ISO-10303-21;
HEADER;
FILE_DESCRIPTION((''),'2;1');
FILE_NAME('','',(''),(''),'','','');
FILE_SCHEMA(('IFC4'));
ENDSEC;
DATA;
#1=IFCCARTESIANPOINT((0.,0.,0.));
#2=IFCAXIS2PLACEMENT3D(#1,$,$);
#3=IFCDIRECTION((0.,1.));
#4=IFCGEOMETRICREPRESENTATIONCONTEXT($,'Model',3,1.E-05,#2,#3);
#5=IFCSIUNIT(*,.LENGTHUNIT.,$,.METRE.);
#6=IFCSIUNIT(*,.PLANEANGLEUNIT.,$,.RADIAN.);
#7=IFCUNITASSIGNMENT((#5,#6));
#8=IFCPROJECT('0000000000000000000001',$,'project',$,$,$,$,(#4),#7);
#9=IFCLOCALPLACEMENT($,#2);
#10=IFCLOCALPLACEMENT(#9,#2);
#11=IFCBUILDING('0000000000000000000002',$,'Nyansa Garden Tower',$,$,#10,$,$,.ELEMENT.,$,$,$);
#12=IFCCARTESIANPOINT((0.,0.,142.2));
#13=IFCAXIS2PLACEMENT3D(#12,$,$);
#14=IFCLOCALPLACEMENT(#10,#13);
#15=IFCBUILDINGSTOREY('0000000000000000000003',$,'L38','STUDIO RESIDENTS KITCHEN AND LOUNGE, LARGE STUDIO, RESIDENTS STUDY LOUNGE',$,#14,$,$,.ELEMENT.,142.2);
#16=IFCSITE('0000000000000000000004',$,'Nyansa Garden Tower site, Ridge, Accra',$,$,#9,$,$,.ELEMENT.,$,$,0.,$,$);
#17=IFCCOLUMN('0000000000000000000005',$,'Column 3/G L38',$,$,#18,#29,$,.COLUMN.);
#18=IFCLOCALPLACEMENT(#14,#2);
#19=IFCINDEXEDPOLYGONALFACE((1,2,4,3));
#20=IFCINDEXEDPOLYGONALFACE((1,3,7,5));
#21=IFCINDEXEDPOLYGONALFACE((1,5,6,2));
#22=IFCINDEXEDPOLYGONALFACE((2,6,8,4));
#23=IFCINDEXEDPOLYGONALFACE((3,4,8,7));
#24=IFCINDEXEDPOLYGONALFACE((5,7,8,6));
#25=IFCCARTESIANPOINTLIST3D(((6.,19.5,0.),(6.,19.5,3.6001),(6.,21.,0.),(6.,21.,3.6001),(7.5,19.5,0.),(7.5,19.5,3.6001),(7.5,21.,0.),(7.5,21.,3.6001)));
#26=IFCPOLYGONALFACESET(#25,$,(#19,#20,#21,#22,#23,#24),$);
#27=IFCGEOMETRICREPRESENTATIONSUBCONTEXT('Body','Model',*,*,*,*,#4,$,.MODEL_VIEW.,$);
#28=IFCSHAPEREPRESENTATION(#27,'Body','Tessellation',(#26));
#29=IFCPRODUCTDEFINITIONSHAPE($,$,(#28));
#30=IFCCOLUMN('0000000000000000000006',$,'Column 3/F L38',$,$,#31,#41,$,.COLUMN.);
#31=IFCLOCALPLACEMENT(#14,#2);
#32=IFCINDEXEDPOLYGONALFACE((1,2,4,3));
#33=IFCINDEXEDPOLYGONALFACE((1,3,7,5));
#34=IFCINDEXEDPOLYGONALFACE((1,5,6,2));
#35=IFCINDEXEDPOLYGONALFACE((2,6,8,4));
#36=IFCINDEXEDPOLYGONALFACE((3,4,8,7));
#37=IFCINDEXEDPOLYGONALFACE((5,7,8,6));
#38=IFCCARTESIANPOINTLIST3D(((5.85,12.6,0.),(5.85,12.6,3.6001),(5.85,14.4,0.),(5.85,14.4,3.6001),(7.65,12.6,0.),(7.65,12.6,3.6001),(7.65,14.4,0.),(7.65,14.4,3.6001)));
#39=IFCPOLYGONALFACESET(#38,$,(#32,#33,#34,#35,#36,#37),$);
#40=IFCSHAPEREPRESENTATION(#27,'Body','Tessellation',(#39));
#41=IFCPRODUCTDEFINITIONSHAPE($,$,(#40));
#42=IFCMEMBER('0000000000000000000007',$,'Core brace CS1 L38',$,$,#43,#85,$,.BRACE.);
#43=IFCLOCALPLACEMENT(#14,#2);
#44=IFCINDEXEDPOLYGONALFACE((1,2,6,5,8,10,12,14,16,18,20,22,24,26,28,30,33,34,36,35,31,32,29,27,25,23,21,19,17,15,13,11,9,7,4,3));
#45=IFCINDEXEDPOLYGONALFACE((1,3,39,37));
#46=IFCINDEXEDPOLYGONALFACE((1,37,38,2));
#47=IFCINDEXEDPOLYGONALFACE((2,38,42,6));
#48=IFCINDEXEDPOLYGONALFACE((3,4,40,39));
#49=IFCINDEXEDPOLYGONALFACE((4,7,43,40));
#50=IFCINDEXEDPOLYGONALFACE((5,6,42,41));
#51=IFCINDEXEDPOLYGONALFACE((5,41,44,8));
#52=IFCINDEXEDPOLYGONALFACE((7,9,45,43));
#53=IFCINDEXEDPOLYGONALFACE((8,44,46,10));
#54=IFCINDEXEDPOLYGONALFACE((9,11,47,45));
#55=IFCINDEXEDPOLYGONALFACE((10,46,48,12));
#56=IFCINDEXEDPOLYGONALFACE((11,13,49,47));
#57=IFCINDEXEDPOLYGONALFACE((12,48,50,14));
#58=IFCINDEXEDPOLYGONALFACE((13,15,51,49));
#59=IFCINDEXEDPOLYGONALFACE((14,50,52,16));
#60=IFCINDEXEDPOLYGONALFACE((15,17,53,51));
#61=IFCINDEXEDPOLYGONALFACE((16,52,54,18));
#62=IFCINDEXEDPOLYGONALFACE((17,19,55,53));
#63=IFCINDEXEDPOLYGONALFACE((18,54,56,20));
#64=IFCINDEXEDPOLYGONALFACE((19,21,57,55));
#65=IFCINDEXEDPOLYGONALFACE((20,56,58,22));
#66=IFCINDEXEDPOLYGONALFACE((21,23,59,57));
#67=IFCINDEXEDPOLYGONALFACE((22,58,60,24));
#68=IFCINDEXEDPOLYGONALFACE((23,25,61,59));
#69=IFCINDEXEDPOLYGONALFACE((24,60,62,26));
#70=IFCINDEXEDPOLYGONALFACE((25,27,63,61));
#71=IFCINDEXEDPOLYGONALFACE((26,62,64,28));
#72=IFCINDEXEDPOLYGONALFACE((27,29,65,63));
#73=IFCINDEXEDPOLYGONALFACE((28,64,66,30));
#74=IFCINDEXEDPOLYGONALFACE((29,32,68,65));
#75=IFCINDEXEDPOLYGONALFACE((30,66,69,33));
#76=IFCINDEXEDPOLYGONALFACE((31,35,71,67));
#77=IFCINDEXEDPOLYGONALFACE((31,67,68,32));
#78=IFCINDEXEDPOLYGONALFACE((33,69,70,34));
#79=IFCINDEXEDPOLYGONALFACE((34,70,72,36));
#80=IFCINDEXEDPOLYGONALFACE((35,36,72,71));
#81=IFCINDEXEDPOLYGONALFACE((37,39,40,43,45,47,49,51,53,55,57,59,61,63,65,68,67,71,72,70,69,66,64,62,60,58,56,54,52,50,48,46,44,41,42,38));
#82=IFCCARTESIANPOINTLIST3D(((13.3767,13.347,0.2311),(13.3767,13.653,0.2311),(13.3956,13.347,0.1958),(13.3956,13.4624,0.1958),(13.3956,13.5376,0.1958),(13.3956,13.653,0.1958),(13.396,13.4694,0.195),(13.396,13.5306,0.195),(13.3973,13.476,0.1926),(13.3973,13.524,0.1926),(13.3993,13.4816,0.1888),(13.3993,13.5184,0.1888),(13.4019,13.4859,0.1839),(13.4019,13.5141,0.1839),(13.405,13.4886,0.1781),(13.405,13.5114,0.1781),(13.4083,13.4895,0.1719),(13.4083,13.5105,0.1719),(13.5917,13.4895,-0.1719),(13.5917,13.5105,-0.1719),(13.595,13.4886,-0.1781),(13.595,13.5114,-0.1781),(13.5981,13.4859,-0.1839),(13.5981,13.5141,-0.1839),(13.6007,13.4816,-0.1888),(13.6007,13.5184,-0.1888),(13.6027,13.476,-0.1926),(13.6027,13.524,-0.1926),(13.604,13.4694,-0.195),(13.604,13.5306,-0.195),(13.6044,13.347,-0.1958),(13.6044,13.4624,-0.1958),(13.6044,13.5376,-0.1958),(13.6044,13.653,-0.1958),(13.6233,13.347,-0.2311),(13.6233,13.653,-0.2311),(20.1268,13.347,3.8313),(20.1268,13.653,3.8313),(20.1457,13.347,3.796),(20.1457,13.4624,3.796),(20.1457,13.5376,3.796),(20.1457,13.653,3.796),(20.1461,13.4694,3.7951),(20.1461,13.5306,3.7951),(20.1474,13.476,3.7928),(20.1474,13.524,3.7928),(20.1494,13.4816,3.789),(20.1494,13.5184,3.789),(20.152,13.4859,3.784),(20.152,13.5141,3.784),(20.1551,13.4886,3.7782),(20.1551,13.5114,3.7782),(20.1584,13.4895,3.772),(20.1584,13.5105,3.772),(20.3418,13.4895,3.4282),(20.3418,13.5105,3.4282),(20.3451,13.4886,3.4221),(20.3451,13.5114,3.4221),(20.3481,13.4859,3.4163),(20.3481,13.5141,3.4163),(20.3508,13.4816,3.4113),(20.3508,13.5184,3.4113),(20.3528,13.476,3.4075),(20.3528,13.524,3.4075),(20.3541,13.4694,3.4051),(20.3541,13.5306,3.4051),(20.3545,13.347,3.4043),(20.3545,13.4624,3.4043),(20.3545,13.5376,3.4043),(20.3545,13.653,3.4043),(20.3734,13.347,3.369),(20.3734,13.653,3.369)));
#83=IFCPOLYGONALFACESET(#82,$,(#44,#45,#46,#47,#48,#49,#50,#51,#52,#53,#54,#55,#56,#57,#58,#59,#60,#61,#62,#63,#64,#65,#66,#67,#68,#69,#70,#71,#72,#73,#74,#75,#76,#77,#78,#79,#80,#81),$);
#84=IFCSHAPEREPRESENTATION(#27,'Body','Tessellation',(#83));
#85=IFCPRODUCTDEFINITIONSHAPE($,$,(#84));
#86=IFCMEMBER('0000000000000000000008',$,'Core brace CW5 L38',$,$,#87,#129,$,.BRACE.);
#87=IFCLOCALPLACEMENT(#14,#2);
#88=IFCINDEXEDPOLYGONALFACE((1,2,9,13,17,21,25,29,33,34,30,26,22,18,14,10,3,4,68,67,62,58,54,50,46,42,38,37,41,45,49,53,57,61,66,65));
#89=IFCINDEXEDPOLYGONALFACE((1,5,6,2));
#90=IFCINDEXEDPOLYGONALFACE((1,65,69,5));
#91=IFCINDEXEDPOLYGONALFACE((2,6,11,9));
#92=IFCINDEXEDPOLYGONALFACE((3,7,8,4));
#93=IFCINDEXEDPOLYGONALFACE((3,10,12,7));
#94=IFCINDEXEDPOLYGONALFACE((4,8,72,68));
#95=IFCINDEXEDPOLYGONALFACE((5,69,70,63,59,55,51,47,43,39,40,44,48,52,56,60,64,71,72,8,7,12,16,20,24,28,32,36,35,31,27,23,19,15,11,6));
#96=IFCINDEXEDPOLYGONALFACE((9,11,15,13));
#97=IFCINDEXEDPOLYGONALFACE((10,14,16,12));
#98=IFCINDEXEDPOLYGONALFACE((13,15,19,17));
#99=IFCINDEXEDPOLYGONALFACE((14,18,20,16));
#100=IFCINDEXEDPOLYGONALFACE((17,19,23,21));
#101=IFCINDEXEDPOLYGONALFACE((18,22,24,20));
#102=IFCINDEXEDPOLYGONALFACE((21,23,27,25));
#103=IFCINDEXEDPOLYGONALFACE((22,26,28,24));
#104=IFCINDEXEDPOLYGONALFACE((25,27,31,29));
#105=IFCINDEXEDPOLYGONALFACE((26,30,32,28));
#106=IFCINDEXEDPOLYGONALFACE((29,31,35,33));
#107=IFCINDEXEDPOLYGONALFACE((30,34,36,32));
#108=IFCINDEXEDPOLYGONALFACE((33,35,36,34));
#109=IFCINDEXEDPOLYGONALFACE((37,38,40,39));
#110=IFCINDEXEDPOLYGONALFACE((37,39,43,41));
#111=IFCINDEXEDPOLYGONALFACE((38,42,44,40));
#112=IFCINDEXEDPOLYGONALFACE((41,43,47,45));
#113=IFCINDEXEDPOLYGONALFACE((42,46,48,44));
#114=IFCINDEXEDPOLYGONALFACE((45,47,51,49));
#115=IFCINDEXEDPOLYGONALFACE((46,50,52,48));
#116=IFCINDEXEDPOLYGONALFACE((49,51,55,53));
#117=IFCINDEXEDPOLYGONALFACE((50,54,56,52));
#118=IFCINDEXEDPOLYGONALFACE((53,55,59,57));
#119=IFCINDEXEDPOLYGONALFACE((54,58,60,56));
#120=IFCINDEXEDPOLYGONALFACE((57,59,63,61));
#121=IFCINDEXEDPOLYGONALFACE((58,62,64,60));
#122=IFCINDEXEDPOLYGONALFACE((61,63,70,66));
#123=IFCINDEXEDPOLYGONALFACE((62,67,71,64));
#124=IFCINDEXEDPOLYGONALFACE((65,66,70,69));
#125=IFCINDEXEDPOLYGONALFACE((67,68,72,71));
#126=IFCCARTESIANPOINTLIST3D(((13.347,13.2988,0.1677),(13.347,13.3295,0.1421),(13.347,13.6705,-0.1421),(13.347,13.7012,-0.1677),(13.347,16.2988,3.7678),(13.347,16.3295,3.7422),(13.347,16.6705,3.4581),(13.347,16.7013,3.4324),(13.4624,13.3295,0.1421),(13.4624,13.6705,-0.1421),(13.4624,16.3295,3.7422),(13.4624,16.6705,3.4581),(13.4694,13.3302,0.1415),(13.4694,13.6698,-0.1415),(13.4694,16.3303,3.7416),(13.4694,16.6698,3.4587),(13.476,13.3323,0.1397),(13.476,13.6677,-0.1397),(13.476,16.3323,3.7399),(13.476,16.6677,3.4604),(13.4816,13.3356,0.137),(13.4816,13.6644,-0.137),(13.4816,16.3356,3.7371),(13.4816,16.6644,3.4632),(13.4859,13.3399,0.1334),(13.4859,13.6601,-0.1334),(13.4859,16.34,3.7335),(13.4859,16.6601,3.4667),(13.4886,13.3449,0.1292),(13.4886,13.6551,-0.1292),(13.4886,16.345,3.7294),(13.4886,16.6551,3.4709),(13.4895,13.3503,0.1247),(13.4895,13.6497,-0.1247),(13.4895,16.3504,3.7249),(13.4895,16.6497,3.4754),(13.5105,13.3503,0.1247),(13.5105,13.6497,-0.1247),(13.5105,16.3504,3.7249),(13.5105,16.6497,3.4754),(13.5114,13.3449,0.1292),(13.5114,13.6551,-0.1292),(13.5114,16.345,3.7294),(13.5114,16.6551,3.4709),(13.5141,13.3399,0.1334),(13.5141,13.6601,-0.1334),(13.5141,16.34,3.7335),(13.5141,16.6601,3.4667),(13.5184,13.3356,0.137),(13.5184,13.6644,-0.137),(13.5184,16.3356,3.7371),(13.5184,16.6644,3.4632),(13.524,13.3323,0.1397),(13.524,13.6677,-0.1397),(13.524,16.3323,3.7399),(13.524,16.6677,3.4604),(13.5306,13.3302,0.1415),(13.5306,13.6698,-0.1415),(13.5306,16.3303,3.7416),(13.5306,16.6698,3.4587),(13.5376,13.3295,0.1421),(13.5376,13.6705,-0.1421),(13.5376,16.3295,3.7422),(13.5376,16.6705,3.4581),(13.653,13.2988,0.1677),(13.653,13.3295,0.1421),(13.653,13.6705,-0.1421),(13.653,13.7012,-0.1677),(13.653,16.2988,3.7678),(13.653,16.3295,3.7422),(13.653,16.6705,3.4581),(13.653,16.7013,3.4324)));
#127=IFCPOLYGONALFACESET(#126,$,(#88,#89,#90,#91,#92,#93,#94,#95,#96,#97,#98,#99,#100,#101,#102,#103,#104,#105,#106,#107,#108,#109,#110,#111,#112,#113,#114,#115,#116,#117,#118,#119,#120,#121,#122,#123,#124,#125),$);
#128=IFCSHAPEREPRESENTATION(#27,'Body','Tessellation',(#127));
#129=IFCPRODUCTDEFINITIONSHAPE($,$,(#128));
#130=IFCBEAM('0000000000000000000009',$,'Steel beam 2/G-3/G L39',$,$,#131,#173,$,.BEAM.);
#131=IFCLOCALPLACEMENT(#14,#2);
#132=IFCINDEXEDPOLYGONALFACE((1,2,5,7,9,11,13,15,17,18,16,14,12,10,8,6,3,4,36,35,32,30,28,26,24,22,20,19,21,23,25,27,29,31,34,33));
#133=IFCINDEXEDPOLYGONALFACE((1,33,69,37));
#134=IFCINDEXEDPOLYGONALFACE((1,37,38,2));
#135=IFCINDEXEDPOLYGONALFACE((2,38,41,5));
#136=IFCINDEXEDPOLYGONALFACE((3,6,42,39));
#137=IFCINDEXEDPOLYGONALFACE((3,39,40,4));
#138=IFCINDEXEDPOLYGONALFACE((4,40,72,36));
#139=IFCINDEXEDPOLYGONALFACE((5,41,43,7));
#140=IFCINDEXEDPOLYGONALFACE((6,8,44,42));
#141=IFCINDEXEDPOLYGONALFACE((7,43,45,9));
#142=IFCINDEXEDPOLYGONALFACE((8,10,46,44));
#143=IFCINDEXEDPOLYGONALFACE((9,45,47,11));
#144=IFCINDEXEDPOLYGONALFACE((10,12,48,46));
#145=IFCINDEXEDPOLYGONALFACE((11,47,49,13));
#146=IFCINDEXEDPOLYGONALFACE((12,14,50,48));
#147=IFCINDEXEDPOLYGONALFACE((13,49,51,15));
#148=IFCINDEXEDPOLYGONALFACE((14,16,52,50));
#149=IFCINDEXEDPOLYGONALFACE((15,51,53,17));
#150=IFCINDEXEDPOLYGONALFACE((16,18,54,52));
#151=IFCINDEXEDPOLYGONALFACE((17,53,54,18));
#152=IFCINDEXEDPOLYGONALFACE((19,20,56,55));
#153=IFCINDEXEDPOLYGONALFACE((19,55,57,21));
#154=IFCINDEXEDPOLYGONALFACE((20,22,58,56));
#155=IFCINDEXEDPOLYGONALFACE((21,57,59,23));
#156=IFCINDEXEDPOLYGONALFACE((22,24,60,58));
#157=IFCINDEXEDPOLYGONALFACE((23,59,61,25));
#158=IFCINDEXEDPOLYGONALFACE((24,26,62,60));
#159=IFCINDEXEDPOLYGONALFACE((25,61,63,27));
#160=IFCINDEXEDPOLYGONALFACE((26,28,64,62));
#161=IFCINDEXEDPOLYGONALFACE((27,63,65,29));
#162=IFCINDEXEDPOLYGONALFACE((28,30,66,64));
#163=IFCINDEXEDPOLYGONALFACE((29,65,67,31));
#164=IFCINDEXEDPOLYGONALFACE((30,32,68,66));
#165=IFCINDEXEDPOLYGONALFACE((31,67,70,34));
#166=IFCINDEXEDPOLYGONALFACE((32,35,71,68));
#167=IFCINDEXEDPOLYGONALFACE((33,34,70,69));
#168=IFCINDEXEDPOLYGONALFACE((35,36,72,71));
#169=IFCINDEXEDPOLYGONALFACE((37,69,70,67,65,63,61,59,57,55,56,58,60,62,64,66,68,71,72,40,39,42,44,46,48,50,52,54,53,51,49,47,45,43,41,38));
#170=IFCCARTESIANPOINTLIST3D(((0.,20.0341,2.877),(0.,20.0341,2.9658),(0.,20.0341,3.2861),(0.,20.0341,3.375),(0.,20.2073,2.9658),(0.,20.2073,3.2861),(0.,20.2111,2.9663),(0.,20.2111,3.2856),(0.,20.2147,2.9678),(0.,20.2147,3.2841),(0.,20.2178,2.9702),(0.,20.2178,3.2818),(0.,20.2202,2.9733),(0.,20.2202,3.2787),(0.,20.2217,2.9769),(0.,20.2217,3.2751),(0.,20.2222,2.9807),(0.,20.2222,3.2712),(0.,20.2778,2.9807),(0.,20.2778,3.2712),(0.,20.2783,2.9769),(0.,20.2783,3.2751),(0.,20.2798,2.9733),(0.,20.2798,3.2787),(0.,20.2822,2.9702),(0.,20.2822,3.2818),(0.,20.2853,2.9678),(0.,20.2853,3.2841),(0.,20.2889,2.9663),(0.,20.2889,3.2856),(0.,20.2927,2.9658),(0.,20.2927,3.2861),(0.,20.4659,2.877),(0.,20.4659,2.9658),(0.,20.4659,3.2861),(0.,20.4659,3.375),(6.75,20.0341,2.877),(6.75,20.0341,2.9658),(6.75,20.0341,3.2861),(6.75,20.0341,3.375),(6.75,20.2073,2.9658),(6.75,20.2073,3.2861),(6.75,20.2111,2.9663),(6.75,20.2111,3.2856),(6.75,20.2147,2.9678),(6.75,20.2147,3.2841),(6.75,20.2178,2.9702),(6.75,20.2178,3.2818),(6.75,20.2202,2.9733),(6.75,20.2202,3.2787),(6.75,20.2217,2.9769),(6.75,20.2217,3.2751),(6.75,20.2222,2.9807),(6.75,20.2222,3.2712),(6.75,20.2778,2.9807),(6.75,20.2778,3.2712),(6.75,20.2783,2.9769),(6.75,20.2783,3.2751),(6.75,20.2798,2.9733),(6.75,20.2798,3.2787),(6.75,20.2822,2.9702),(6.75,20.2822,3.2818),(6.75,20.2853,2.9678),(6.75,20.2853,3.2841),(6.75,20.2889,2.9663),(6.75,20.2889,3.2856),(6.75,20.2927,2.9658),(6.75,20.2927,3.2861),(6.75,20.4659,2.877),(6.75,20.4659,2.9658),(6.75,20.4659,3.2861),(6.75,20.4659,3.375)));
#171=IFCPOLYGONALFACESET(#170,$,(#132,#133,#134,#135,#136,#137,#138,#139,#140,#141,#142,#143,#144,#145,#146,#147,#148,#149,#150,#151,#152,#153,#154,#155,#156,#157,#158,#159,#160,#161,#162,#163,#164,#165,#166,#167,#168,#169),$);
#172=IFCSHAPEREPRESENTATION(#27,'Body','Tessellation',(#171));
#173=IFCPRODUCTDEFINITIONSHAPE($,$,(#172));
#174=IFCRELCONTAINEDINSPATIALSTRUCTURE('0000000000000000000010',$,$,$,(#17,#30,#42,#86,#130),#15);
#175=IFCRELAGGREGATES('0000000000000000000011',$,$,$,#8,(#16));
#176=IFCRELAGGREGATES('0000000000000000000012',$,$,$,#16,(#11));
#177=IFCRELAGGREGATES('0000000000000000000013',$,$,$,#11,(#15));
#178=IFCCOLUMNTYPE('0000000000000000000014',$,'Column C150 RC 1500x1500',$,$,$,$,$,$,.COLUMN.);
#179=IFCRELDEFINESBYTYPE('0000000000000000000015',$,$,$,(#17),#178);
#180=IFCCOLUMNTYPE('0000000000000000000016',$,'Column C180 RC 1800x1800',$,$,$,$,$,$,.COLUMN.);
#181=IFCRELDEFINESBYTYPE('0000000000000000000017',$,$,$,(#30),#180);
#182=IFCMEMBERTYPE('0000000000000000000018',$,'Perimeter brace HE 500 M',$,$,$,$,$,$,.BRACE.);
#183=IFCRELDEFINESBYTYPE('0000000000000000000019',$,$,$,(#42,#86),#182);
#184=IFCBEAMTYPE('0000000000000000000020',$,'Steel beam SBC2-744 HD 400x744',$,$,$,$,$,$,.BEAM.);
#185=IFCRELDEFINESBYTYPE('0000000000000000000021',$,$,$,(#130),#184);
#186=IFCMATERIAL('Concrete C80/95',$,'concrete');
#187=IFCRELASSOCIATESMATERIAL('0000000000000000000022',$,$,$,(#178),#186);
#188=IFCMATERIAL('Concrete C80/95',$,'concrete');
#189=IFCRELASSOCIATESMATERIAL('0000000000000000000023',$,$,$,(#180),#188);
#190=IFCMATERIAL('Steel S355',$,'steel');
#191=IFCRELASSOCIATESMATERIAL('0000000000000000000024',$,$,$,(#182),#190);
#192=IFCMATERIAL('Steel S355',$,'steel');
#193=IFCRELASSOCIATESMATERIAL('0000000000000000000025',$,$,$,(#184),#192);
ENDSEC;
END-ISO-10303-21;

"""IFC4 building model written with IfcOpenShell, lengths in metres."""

from ifc_helpers import new_model, si_unit, direction, frame, origin, origin_2d, place, context, subcontext, project, spatial, rectangle, i_section, extrude, material, material_profile, profile_set, type_object, element, save


model = new_model("IFC4")

# Units and contexts
model_context = context("Model", 3, precision=1e-05, world=origin(), true_north=direction((0.0, 1.0)))
body_context = subcontext(model_context, "Body", "Model", "MODEL_VIEW")
ifc_project = project(units=[si_unit("LENGTHUNIT", "METRE"), si_unit("PLANEANGLEUNIT", "RADIAN")], contexts=[model_context])

# Site, building, storey
site_placement = place(None, origin())
site = spatial("IfcSite", under=ifc_project, at=site_placement, Name="Nyansa Garden Tower site, Ridge, Accra", CompositionType="ELEMENT", RefElevation=0.0)
building_placement = place(site_placement, origin())
building = spatial("IfcBuilding", under=site, at=building_placement, Name="Nyansa Garden Tower", CompositionType="ELEMENT")
storey_placement = place(building_placement, frame((0.0, 0.0, 142.2)))
storey = spatial("IfcBuildingStorey", under=building, at=storey_placement, Name="L38", Description="STUDIO RESIDENTS KITCHEN AND LOUNGE, LARGE STUDIO, RESIDENTS STUDY LOUNGE", CompositionType="ELEMENT", Elevation=142.2)

# Columns
ifc_material_1 = material(Name="Concrete C80/95", Category="concrete")
ifc_material_profile_1 = material_profile(ifc_material_1, rectangle(XDim=1.5, YDim=1.5, at=origin_2d()), Name="RC 1500x1500")
ifc_profile_set_1 = profile_set([ifc_material_profile_1], Name="Concrete C80/95")
column_type_1 = type_object("IfcColumnType", Name="Column C150 RC 1500x1500", PredefinedType="COLUMN", material=ifc_profile_set_1)
column_1_placement = place(storey_placement, frame((6.75, 20.25, 0.0), z_axis=(0.0, 0.0, 1.0), x_axis=(1.0, 0.0, 0.0)))
element("IfcColumn", 1, at=column_1_placement, inside=storey, type_object=column_type_1, Name="Column 3/G L38", PredefinedType="COLUMN", context=body_context, shape_type="SweptSolid", body=[
    extrude(rectangle(XDim=1.5, YDim=1.5, at=origin_2d()), origin(), (0.0, 0.0, 1.0), 3.6001),
])
ifc_material_2 = material(Name="Concrete C80/95", Category="concrete")
ifc_material_profile_2 = material_profile(ifc_material_2, rectangle(XDim=1.8, YDim=1.8, at=origin_2d()), Name="RC 1800x1800")
ifc_profile_set_2 = profile_set([ifc_material_profile_2], Name="Concrete C80/95")
column_type_2 = type_object("IfcColumnType", Name="Column C180 RC 1800x1800", PredefinedType="COLUMN", material=ifc_profile_set_2)
column_2_placement = place(storey_placement, frame((6.75, 13.5, 0.0), z_axis=(0.0, 0.0, 1.0), x_axis=(1.0, 0.0, 0.0)))
element("IfcColumn", 2, at=column_2_placement, inside=storey, type_object=column_type_2, Name="Column 3/F L38", PredefinedType="COLUMN", context=body_context, shape_type="SweptSolid", body=[
    extrude(rectangle(XDim=1.8, YDim=1.8, at=origin_2d()), origin(), (0.0, 0.0, 1.0), 3.6001),
])

# Members
ifc_material_3 = material(Name="Steel S355", Category="steel")
ifc_material_profile_3 = material_profile(ifc_material_3, i_section(OverallWidth=0.3059, OverallDepth=0.5239, WebThickness=0.021, FlangeThickness=0.04, FilletRadius=0.0271, at=origin_2d()), Name="HE 500 M")
ifc_profile_set_3 = profile_set([ifc_material_profile_3], Name="Steel S355")
member_type = type_object("IfcMemberType", Name="Perimeter brace HE 500 M", PredefinedType="BRACE", material=ifc_profile_set_3)
member_1_placement = place(storey_placement, frame((13.5, 13.5, 0.0), z_axis=(0.882348, 0.0, 0.470598), x_axis=(0.0, 1.0, 0.0)))
element("IfcMember", 3, at=member_1_placement, inside=storey, type_object=member_type, Name="Core brace CS1 L38", PredefinedType="BRACE", context=body_context, shape_type="SweptSolid", body=[
    extrude(i_section(OverallWidth=0.3059, OverallDepth=0.5239, WebThickness=0.021, FlangeThickness=0.04, FilletRadius=0.0271, at=origin_2d()), origin(), (0.0, 0.0, 1.0), 7.6501),
])
member_2_placement = place(storey_placement, frame((13.5, 13.5, 0.0), z_axis=(0.0, 0.640174, 0.76823), x_axis=(-1.0, 0.0, 0.0)))
element("IfcMember", 4, at=member_2_placement, inside=storey, type_object=member_type, Name="Core brace CW5 L38", PredefinedType="BRACE", context=body_context, shape_type="SweptSolid", body=[
    extrude(i_section(OverallWidth=0.3059, OverallDepth=0.5239, WebThickness=0.021, FlangeThickness=0.04, FilletRadius=0.0271, at=origin_2d()), origin(), (0.0, 0.0, 1.0), 4.6863),
])

# Beam
ifc_material_4 = material(Name="Steel S355", Category="steel")
ifc_material_profile_4 = material_profile(ifc_material_4, i_section(OverallWidth=0.4319, OverallDepth=0.498, WebThickness=0.0557, FlangeThickness=0.0889, FilletRadius=0.0149, at=origin_2d()), Name="HD 400x744")
ifc_profile_set_4 = profile_set([ifc_material_profile_4], Name="Steel S355")
beam_type_1 = type_object("IfcBeamType", Name="Steel beam SBC2-744 HD 400x744", PredefinedType="BEAM", material=ifc_profile_set_4)
for number, where, z_axis, x_axis, name in (
    (5, (0.0, 20.25, 3.126), (1.0, 0.0, 0.0), (0.0, 1.0, 0.0), "Steel beam 2/G-3/G L39"),
):
    element("IfcBeam", number, at=place(storey_placement, frame(where, z_axis=z_axis, x_axis=x_axis)), inside=storey, type_object=beam_type_1, Name=name, PredefinedType="BEAM", context=body_context, shape_type="SweptSolid", body=[
        extrude(i_section(OverallWidth=0.4319, OverallDepth=0.498, WebThickness=0.0557, FlangeThickness=0.0889, FilletRadius=0.0149, at=origin_2d()), origin(), (0.0, 0.0, 1.0), 6.75),
    ])

save(model, "model.ifc")
